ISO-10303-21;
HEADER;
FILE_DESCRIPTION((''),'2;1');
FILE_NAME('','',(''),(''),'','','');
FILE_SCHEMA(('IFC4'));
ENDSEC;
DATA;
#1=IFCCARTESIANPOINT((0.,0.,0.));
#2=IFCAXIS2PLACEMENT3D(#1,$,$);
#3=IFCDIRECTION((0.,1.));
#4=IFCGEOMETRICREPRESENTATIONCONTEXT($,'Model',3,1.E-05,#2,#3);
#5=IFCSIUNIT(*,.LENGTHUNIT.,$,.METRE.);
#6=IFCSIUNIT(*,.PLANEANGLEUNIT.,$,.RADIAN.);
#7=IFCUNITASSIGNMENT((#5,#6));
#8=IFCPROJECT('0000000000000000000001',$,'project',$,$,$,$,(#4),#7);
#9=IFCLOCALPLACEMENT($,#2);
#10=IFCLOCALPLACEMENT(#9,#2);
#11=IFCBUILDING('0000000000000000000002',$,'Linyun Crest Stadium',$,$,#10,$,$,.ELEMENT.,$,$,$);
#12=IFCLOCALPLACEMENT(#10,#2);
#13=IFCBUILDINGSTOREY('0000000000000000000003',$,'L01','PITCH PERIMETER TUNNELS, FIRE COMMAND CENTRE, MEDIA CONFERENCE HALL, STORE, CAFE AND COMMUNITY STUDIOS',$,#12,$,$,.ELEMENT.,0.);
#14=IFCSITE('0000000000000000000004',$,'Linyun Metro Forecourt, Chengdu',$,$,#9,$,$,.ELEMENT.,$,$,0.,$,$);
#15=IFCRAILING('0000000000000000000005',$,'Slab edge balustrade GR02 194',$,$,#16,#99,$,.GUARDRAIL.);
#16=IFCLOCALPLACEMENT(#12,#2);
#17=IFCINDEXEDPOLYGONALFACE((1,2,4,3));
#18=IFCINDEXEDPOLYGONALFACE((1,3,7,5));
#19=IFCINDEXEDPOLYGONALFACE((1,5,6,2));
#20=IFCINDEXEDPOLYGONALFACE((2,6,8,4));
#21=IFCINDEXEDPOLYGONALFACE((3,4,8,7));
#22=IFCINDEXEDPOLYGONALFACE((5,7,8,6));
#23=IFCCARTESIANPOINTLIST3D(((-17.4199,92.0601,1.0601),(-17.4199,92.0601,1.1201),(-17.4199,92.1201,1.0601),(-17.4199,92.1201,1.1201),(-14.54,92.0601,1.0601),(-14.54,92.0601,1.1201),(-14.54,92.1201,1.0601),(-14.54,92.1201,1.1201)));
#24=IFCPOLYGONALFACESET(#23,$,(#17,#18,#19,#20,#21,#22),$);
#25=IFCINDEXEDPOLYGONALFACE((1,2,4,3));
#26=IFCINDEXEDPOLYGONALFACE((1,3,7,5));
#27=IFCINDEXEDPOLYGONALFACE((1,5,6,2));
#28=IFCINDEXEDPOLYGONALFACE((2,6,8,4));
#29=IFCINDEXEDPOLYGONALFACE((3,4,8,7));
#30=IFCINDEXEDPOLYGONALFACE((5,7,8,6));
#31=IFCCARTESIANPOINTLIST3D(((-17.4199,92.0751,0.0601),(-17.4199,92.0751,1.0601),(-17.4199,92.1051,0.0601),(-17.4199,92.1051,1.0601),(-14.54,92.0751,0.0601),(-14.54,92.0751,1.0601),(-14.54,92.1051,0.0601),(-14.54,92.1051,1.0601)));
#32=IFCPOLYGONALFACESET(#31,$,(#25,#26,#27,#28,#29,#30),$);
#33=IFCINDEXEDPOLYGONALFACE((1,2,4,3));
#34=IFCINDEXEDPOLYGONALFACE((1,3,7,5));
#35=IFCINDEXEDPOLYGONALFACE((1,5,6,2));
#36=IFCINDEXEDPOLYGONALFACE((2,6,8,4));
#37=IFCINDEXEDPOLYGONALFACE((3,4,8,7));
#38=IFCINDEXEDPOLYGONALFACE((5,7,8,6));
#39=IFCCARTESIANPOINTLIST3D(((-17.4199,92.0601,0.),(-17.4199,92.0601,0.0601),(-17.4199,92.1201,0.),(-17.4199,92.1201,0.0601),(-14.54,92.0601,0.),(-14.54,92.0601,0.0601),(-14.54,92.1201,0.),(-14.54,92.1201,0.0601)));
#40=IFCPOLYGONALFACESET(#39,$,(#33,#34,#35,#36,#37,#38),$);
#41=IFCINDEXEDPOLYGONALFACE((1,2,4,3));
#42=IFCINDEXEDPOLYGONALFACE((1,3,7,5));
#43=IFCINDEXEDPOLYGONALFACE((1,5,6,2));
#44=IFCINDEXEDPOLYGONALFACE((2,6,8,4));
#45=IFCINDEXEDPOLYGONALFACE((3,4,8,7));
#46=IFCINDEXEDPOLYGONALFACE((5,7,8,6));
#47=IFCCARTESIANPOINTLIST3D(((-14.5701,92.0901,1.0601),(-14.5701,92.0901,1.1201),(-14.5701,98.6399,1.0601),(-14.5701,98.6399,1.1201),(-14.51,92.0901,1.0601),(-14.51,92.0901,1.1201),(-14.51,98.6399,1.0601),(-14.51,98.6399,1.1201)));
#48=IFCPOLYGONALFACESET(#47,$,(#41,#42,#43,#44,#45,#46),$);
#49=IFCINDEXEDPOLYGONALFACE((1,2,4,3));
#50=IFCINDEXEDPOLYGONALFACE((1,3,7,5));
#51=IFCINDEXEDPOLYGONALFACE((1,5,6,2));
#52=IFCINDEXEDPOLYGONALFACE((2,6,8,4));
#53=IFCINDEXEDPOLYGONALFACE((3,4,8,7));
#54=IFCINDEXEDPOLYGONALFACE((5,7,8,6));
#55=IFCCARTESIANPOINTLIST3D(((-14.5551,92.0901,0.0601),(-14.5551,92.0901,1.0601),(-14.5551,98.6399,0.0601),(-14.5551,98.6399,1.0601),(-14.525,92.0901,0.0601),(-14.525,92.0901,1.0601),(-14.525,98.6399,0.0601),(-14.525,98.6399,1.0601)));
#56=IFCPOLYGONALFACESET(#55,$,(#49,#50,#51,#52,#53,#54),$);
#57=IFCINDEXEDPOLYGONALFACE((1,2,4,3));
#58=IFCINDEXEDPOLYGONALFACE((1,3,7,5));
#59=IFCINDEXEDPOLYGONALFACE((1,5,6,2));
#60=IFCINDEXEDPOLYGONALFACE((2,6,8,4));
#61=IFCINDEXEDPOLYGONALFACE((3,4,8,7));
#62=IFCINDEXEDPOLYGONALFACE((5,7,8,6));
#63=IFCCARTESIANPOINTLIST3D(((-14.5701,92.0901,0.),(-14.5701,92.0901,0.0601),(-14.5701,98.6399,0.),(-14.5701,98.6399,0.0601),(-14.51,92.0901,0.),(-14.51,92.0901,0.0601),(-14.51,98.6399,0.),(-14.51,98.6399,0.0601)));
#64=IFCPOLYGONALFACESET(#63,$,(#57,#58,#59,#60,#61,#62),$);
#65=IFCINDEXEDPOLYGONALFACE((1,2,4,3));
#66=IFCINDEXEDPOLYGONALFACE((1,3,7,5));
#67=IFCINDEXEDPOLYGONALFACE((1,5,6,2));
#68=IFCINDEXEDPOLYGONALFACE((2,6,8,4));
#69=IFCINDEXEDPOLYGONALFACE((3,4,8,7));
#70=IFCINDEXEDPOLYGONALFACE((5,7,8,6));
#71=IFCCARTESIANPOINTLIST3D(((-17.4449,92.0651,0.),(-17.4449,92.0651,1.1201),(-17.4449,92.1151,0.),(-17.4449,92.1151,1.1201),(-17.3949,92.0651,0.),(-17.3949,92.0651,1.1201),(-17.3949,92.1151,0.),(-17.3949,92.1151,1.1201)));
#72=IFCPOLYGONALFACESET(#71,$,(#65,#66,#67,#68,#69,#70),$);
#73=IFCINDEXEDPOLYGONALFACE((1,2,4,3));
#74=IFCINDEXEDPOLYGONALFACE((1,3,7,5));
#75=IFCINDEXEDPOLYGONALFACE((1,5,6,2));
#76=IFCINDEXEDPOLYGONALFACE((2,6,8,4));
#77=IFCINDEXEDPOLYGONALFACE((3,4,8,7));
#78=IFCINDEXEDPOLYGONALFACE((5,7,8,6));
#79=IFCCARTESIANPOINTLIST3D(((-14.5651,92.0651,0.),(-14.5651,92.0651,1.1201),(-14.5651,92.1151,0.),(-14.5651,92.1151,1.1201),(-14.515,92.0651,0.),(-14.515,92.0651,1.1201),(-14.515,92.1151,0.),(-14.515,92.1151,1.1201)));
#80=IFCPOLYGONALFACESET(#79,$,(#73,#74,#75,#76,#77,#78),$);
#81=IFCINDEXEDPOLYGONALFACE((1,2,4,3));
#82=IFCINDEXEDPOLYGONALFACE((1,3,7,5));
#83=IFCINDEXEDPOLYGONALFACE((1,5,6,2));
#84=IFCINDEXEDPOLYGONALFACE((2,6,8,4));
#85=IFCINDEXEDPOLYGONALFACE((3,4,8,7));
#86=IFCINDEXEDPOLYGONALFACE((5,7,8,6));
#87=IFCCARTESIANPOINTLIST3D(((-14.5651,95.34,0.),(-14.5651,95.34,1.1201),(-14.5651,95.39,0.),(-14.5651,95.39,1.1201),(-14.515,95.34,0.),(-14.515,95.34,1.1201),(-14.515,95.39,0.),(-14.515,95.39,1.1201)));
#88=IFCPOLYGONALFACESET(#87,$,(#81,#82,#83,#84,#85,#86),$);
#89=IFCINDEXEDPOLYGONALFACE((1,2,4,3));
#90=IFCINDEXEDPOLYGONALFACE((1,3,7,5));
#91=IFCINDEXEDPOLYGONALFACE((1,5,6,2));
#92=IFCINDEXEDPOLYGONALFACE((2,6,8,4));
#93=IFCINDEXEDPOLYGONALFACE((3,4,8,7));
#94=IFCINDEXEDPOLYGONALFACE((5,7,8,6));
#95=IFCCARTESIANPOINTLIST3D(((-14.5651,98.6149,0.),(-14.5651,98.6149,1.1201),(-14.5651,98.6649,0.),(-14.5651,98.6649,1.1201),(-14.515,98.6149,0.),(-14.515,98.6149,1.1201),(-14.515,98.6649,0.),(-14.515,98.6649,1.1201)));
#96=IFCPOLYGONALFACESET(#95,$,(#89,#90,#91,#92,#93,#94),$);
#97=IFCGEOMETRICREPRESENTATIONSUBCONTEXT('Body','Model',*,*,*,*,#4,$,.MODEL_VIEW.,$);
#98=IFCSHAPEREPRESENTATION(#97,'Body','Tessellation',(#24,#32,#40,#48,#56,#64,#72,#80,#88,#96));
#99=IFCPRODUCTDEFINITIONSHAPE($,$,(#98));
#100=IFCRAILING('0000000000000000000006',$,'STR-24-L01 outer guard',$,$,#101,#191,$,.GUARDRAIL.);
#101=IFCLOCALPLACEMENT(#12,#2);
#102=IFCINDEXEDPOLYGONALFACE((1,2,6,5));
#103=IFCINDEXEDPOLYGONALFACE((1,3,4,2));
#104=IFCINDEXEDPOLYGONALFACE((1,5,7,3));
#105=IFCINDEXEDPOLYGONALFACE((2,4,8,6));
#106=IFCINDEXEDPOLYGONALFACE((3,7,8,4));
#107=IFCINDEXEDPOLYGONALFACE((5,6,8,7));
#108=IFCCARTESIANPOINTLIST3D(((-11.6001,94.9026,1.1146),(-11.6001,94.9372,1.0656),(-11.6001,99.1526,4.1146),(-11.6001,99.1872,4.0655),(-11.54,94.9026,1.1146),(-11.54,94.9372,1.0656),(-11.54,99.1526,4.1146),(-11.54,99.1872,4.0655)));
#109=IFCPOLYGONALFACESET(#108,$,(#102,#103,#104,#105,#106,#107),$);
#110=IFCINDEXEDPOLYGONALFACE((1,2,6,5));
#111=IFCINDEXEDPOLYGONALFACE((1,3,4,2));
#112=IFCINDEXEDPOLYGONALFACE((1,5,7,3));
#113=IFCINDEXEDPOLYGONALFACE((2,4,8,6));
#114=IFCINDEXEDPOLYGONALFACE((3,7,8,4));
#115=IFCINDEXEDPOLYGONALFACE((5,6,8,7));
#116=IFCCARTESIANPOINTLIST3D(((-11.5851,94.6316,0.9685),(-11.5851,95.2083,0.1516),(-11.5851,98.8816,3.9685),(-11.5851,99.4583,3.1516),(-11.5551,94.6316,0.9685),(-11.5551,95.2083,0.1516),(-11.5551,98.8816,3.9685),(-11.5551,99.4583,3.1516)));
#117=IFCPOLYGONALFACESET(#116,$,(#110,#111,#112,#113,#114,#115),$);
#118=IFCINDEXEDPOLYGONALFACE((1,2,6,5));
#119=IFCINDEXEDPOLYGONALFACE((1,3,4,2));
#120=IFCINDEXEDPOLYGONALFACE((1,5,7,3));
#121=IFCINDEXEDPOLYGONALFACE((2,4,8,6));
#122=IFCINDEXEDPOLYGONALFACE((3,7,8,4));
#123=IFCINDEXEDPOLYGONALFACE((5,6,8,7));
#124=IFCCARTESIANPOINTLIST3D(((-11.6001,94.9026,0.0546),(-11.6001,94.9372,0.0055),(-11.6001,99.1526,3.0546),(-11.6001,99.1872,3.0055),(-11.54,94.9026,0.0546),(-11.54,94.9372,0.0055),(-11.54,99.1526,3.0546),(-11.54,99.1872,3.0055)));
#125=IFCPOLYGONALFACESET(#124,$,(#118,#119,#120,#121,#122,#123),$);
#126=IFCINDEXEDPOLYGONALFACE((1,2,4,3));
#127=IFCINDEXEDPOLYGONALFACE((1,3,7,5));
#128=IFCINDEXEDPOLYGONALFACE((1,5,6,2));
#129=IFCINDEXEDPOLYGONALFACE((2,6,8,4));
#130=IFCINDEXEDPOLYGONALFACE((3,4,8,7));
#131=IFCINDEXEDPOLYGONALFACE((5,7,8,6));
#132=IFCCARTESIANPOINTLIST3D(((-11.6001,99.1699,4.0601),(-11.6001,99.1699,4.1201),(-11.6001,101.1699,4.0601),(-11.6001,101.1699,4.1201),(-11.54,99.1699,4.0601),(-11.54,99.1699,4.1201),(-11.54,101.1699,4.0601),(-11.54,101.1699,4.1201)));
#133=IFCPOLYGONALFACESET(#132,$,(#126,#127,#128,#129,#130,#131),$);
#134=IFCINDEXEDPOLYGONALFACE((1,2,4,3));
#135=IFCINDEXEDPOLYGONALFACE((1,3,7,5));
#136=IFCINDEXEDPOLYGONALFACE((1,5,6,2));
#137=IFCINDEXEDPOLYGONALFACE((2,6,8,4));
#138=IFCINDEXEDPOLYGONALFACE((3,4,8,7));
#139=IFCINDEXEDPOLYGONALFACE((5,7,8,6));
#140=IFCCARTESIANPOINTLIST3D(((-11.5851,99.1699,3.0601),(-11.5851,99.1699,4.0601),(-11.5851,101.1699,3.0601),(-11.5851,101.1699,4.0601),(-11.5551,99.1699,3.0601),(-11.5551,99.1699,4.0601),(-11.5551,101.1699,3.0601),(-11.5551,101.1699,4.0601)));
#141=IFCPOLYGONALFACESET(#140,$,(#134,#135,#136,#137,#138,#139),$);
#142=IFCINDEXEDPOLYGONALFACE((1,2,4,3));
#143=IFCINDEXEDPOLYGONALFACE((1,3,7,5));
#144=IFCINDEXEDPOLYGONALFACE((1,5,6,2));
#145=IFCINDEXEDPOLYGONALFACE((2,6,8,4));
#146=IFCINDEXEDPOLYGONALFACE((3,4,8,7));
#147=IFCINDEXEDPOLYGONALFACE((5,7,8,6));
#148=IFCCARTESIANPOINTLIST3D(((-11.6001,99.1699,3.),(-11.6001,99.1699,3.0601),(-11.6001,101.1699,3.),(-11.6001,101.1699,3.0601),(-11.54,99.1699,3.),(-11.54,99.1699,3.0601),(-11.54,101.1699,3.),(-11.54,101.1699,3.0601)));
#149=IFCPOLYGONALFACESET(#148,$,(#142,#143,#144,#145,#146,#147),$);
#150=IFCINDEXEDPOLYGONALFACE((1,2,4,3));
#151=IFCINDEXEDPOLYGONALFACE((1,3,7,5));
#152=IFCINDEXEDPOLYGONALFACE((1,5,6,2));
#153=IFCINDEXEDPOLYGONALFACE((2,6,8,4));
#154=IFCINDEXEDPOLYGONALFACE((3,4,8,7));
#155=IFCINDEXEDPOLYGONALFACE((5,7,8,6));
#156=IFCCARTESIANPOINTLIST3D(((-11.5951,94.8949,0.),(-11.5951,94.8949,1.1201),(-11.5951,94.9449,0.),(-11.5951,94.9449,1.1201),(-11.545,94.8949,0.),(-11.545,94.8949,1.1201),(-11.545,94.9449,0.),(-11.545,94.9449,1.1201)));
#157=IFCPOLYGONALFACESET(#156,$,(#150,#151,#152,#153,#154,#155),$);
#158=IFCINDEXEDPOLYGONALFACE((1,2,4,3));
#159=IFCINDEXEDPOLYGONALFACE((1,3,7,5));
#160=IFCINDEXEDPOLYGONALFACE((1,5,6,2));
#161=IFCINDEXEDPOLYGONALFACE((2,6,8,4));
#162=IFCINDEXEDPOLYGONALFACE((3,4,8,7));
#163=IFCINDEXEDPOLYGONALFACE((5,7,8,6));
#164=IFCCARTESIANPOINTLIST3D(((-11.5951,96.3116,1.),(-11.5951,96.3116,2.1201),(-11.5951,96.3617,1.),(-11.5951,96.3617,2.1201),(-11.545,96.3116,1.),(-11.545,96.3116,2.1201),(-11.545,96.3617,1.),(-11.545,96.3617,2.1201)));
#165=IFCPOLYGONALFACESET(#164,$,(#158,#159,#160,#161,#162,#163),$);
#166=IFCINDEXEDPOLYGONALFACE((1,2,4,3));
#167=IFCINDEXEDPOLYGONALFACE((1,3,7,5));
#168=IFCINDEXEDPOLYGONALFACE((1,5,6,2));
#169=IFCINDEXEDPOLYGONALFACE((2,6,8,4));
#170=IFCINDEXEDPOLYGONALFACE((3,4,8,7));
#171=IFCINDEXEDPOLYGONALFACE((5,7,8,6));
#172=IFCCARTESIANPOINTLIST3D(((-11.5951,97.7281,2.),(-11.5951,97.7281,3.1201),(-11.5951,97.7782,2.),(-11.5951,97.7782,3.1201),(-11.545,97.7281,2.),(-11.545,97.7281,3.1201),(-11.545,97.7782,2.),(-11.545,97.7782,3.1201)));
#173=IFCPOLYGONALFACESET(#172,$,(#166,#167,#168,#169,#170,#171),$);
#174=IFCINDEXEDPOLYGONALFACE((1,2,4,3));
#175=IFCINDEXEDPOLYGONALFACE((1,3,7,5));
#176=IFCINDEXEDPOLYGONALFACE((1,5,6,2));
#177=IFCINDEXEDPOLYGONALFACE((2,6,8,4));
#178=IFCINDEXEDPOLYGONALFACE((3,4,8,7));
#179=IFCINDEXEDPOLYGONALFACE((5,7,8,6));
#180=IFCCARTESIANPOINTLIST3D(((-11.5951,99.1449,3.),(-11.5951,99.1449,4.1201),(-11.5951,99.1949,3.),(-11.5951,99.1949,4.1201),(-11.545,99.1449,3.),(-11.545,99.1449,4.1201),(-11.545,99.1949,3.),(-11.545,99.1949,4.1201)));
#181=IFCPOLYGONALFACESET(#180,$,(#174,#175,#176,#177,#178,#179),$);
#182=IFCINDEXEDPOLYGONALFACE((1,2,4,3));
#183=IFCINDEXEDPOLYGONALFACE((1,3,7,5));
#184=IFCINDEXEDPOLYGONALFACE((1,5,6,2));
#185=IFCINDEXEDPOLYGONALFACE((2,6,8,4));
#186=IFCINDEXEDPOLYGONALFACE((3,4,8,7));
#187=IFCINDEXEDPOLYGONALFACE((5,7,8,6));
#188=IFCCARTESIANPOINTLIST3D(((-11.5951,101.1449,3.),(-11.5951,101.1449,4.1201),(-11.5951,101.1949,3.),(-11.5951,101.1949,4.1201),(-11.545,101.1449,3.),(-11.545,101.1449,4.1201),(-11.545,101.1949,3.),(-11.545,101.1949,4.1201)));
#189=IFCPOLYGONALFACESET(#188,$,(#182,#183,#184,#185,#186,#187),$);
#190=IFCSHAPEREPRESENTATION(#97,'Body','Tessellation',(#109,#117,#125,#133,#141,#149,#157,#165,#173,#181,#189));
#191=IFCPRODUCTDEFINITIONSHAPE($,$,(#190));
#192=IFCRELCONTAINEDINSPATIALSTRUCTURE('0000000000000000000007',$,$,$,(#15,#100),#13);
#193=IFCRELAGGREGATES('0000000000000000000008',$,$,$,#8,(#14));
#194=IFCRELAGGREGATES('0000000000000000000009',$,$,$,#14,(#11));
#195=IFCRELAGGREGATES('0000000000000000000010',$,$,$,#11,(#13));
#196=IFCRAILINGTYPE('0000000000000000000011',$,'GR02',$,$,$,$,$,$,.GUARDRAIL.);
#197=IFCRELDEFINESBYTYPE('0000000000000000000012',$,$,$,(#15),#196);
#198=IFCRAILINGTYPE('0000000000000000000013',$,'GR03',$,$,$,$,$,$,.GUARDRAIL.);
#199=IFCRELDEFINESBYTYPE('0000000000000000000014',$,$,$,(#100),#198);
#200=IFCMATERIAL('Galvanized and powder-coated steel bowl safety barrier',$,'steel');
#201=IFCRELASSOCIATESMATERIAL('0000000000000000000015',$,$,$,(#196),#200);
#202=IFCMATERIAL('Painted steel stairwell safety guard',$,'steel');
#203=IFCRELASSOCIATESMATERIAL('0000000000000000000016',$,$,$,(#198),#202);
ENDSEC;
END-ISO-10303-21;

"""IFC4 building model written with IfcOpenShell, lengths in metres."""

from ifc_helpers import new_model, si_unit, direction, frame, origin, origin_2d, place, context, subcontext, project, spatial, rectangle, extrude, material, type_object, element, save


model = new_model("IFC4")

# Units and contexts
model_context = context("Model", 3, precision=1e-05, world=origin(), true_north=direction((0.0, 1.0)))
body_context = subcontext(model_context, "Body", "Model", "MODEL_VIEW")
ifc_project = project(units=[si_unit("LENGTHUNIT", "METRE"), si_unit("PLANEANGLEUNIT", "RADIAN")], contexts=[model_context])

# Site, building, storey
site_placement = place(None, origin())
site = spatial("IfcSite", under=ifc_project, at=site_placement, Name="Linyun Metro Forecourt, Chengdu", CompositionType="ELEMENT", RefElevation=0.0)
building_placement = place(site_placement, origin())
building = spatial("IfcBuilding", under=site, at=building_placement, Name="Linyun Crest Stadium", CompositionType="ELEMENT")
storey_placement = place(building_placement, origin())
storey = spatial("IfcBuildingStorey", under=building, at=storey_placement, Name="L01", Description="PITCH PERIMETER TUNNELS, FIRE COMMAND CENTRE, MEDIA CONFERENCE HALL, STORE, CAFE AND COMMUNITY STUDIOS", CompositionType="ELEMENT", Elevation=0.0)

# Railings
ifc_material_1 = material(Name="Galvanized and powder-coated steel bowl safety barrier", Category="steel")
railing_type_1 = type_object("IfcRailingType", Name="GR02", PredefinedType="GUARDRAIL", material=ifc_material_1)
railing_1_placement = place(storey_placement, frame((-17.4199, 92.0901, 0.0)))
element("IfcRailing", 1, at=railing_1_placement, inside=storey, type_object=railing_type_1, Name="Slab edge balustrade GR02 194", PredefinedType="GUARDRAIL", context=body_context, shape_type="SweptSolid", body=[
    extrude(rectangle(XDim=0.0601, YDim=0.0601, at=origin_2d()), frame((0.0, 0.0, 1.0901), z_axis=(1.0, 0.0, 0.0), x_axis=(0.0, 1.0, 0.0)), (0.0, 0.0, 1.0), 2.8799),
    extrude(rectangle(XDim=0.03, YDim=1.0, at=origin_2d()), frame((0.0, 0.0, 0.5601), z_axis=(1.0, 0.0, 0.0), x_axis=(0.0, 1.0, 0.0)), (0.0, 0.0, 1.0), 2.8799),
    extrude(rectangle(XDim=0.0601, YDim=0.0601, at=origin_2d()), frame((0.0, 0.0, 0.03), z_axis=(1.0, 0.0, 0.0), x_axis=(0.0, 1.0, 0.0)), (0.0, 0.0, 1.0), 2.8799),
    extrude(rectangle(XDim=0.0601, YDim=0.0601, at=origin_2d()), frame((2.8799, 0.0, 1.0901), z_axis=(0.0, 1.0, 0.0), x_axis=(-1.0, 0.0, 0.0)), (0.0, 0.0, 1.0), 6.5498),
    extrude(rectangle(XDim=0.03, YDim=1.0, at=origin_2d()), frame((2.8799, 0.0, 0.5601), z_axis=(0.0, 1.0, 0.0), x_axis=(-1.0, 0.0, 0.0)), (0.0, 0.0, 1.0), 6.5498),
    extrude(rectangle(XDim=0.0601, YDim=0.0601, at=origin_2d()), frame((2.8799, 0.0, 0.03), z_axis=(0.0, 1.0, 0.0), x_axis=(-1.0, 0.0, 0.0)), (0.0, 0.0, 1.0), 6.5498),
    extrude(rectangle(XDim=0.05, YDim=0.05, at=origin_2d()), origin(), (0.0, 0.0, 1.0), 1.1201),
    extrude(rectangle(XDim=0.05, YDim=0.05, at=origin_2d()), frame((2.8799, 0.0, 0.0)), (0.0, 0.0, 1.0), 1.1201),
    extrude(rectangle(XDim=0.05, YDim=0.05, at=origin_2d()), frame((2.8799, 3.2749, 0.0)), (0.0, 0.0, 1.0), 1.1201),
    extrude(rectangle(XDim=0.05, YDim=0.05, at=origin_2d()), frame((2.8799, 6.5498, 0.0)), (0.0, 0.0, 1.0), 1.1201),
])
ifc_material_2 = material(Name="Painted steel stairwell safety guard", Category="steel")
railing_type_2 = type_object("IfcRailingType", Name="GR03", PredefinedType="GUARDRAIL", material=ifc_material_2)
railing_2_placement = place(storey_placement, frame((-11.5701, 94.9199, 0.0)))
element("IfcRailing", 2, at=railing_2_placement, inside=storey, type_object=railing_type_2, Name="STR-24-L01 outer guard", PredefinedType="GUARDRAIL", context=body_context, shape_type="SweptSolid", body=[
    extrude(rectangle(XDim=0.0601, YDim=0.0601, at=origin_2d()), frame((0.0, 0.0, 1.0901), z_axis=(0.0, 0.816968, 0.576683), x_axis=(-1.0, 0.0, 0.0)), (0.0, 0.0, 1.0), 5.2021),
    extrude(rectangle(XDim=0.03, YDim=1.0, at=origin_2d()), frame((0.0, 0.0, 0.5601), z_axis=(0.0, 0.816968, 0.576683), x_axis=(-1.0, 0.0, 0.0)), (0.0, 0.0, 1.0), 5.2021),
    extrude(rectangle(XDim=0.0601, YDim=0.0601, at=origin_2d()), frame((0.0, 0.0, 0.03), z_axis=(0.0, 0.816968, 0.576683), x_axis=(-1.0, 0.0, 0.0)), (0.0, 0.0, 1.0), 5.2021),
    extrude(rectangle(XDim=0.0601, YDim=0.0601, at=origin_2d()), frame((0.0, 4.25, 4.0901), z_axis=(0.0, 1.0, 0.0), x_axis=(-1.0, 0.0, 0.0)), (0.0, 0.0, 1.0), 2.0),
    extrude(rectangle(XDim=0.03, YDim=1.0, at=origin_2d()), frame((0.0, 4.25, 3.5601), z_axis=(0.0, 1.0, 0.0), x_axis=(-1.0, 0.0, 0.0)), (0.0, 0.0, 1.0), 2.0),
    extrude(rectangle(XDim=0.0601, YDim=0.0601, at=origin_2d()), frame((0.0, 4.25, 3.03), z_axis=(0.0, 1.0, 0.0), x_axis=(-1.0, 0.0, 0.0)), (0.0, 0.0, 1.0), 2.0),
    extrude(rectangle(XDim=0.05, YDim=0.05, at=origin_2d()), origin(), (0.0, 0.0, 1.0), 1.1201),
    extrude(rectangle(XDim=0.05, YDim=0.05, at=origin_2d()), frame((0.0, 1.4167, 1.0)), (0.0, 0.0, 1.0), 1.1201),
    extrude(rectangle(XDim=0.05, YDim=0.05, at=origin_2d()), frame((0.0, 2.8333, 2.0)), (0.0, 0.0, 1.0), 1.1201),
    extrude(rectangle(XDim=0.05, YDim=0.05, at=origin_2d()), frame((0.0, 4.25, 3.0)), (0.0, 0.0, 1.0), 1.1201),
    extrude(rectangle(XDim=0.05, YDim=0.05, at=origin_2d()), frame((0.0, 6.25, 3.0)), (0.0, 0.0, 1.0), 1.1201),
])

save(model, "model.ifc")
